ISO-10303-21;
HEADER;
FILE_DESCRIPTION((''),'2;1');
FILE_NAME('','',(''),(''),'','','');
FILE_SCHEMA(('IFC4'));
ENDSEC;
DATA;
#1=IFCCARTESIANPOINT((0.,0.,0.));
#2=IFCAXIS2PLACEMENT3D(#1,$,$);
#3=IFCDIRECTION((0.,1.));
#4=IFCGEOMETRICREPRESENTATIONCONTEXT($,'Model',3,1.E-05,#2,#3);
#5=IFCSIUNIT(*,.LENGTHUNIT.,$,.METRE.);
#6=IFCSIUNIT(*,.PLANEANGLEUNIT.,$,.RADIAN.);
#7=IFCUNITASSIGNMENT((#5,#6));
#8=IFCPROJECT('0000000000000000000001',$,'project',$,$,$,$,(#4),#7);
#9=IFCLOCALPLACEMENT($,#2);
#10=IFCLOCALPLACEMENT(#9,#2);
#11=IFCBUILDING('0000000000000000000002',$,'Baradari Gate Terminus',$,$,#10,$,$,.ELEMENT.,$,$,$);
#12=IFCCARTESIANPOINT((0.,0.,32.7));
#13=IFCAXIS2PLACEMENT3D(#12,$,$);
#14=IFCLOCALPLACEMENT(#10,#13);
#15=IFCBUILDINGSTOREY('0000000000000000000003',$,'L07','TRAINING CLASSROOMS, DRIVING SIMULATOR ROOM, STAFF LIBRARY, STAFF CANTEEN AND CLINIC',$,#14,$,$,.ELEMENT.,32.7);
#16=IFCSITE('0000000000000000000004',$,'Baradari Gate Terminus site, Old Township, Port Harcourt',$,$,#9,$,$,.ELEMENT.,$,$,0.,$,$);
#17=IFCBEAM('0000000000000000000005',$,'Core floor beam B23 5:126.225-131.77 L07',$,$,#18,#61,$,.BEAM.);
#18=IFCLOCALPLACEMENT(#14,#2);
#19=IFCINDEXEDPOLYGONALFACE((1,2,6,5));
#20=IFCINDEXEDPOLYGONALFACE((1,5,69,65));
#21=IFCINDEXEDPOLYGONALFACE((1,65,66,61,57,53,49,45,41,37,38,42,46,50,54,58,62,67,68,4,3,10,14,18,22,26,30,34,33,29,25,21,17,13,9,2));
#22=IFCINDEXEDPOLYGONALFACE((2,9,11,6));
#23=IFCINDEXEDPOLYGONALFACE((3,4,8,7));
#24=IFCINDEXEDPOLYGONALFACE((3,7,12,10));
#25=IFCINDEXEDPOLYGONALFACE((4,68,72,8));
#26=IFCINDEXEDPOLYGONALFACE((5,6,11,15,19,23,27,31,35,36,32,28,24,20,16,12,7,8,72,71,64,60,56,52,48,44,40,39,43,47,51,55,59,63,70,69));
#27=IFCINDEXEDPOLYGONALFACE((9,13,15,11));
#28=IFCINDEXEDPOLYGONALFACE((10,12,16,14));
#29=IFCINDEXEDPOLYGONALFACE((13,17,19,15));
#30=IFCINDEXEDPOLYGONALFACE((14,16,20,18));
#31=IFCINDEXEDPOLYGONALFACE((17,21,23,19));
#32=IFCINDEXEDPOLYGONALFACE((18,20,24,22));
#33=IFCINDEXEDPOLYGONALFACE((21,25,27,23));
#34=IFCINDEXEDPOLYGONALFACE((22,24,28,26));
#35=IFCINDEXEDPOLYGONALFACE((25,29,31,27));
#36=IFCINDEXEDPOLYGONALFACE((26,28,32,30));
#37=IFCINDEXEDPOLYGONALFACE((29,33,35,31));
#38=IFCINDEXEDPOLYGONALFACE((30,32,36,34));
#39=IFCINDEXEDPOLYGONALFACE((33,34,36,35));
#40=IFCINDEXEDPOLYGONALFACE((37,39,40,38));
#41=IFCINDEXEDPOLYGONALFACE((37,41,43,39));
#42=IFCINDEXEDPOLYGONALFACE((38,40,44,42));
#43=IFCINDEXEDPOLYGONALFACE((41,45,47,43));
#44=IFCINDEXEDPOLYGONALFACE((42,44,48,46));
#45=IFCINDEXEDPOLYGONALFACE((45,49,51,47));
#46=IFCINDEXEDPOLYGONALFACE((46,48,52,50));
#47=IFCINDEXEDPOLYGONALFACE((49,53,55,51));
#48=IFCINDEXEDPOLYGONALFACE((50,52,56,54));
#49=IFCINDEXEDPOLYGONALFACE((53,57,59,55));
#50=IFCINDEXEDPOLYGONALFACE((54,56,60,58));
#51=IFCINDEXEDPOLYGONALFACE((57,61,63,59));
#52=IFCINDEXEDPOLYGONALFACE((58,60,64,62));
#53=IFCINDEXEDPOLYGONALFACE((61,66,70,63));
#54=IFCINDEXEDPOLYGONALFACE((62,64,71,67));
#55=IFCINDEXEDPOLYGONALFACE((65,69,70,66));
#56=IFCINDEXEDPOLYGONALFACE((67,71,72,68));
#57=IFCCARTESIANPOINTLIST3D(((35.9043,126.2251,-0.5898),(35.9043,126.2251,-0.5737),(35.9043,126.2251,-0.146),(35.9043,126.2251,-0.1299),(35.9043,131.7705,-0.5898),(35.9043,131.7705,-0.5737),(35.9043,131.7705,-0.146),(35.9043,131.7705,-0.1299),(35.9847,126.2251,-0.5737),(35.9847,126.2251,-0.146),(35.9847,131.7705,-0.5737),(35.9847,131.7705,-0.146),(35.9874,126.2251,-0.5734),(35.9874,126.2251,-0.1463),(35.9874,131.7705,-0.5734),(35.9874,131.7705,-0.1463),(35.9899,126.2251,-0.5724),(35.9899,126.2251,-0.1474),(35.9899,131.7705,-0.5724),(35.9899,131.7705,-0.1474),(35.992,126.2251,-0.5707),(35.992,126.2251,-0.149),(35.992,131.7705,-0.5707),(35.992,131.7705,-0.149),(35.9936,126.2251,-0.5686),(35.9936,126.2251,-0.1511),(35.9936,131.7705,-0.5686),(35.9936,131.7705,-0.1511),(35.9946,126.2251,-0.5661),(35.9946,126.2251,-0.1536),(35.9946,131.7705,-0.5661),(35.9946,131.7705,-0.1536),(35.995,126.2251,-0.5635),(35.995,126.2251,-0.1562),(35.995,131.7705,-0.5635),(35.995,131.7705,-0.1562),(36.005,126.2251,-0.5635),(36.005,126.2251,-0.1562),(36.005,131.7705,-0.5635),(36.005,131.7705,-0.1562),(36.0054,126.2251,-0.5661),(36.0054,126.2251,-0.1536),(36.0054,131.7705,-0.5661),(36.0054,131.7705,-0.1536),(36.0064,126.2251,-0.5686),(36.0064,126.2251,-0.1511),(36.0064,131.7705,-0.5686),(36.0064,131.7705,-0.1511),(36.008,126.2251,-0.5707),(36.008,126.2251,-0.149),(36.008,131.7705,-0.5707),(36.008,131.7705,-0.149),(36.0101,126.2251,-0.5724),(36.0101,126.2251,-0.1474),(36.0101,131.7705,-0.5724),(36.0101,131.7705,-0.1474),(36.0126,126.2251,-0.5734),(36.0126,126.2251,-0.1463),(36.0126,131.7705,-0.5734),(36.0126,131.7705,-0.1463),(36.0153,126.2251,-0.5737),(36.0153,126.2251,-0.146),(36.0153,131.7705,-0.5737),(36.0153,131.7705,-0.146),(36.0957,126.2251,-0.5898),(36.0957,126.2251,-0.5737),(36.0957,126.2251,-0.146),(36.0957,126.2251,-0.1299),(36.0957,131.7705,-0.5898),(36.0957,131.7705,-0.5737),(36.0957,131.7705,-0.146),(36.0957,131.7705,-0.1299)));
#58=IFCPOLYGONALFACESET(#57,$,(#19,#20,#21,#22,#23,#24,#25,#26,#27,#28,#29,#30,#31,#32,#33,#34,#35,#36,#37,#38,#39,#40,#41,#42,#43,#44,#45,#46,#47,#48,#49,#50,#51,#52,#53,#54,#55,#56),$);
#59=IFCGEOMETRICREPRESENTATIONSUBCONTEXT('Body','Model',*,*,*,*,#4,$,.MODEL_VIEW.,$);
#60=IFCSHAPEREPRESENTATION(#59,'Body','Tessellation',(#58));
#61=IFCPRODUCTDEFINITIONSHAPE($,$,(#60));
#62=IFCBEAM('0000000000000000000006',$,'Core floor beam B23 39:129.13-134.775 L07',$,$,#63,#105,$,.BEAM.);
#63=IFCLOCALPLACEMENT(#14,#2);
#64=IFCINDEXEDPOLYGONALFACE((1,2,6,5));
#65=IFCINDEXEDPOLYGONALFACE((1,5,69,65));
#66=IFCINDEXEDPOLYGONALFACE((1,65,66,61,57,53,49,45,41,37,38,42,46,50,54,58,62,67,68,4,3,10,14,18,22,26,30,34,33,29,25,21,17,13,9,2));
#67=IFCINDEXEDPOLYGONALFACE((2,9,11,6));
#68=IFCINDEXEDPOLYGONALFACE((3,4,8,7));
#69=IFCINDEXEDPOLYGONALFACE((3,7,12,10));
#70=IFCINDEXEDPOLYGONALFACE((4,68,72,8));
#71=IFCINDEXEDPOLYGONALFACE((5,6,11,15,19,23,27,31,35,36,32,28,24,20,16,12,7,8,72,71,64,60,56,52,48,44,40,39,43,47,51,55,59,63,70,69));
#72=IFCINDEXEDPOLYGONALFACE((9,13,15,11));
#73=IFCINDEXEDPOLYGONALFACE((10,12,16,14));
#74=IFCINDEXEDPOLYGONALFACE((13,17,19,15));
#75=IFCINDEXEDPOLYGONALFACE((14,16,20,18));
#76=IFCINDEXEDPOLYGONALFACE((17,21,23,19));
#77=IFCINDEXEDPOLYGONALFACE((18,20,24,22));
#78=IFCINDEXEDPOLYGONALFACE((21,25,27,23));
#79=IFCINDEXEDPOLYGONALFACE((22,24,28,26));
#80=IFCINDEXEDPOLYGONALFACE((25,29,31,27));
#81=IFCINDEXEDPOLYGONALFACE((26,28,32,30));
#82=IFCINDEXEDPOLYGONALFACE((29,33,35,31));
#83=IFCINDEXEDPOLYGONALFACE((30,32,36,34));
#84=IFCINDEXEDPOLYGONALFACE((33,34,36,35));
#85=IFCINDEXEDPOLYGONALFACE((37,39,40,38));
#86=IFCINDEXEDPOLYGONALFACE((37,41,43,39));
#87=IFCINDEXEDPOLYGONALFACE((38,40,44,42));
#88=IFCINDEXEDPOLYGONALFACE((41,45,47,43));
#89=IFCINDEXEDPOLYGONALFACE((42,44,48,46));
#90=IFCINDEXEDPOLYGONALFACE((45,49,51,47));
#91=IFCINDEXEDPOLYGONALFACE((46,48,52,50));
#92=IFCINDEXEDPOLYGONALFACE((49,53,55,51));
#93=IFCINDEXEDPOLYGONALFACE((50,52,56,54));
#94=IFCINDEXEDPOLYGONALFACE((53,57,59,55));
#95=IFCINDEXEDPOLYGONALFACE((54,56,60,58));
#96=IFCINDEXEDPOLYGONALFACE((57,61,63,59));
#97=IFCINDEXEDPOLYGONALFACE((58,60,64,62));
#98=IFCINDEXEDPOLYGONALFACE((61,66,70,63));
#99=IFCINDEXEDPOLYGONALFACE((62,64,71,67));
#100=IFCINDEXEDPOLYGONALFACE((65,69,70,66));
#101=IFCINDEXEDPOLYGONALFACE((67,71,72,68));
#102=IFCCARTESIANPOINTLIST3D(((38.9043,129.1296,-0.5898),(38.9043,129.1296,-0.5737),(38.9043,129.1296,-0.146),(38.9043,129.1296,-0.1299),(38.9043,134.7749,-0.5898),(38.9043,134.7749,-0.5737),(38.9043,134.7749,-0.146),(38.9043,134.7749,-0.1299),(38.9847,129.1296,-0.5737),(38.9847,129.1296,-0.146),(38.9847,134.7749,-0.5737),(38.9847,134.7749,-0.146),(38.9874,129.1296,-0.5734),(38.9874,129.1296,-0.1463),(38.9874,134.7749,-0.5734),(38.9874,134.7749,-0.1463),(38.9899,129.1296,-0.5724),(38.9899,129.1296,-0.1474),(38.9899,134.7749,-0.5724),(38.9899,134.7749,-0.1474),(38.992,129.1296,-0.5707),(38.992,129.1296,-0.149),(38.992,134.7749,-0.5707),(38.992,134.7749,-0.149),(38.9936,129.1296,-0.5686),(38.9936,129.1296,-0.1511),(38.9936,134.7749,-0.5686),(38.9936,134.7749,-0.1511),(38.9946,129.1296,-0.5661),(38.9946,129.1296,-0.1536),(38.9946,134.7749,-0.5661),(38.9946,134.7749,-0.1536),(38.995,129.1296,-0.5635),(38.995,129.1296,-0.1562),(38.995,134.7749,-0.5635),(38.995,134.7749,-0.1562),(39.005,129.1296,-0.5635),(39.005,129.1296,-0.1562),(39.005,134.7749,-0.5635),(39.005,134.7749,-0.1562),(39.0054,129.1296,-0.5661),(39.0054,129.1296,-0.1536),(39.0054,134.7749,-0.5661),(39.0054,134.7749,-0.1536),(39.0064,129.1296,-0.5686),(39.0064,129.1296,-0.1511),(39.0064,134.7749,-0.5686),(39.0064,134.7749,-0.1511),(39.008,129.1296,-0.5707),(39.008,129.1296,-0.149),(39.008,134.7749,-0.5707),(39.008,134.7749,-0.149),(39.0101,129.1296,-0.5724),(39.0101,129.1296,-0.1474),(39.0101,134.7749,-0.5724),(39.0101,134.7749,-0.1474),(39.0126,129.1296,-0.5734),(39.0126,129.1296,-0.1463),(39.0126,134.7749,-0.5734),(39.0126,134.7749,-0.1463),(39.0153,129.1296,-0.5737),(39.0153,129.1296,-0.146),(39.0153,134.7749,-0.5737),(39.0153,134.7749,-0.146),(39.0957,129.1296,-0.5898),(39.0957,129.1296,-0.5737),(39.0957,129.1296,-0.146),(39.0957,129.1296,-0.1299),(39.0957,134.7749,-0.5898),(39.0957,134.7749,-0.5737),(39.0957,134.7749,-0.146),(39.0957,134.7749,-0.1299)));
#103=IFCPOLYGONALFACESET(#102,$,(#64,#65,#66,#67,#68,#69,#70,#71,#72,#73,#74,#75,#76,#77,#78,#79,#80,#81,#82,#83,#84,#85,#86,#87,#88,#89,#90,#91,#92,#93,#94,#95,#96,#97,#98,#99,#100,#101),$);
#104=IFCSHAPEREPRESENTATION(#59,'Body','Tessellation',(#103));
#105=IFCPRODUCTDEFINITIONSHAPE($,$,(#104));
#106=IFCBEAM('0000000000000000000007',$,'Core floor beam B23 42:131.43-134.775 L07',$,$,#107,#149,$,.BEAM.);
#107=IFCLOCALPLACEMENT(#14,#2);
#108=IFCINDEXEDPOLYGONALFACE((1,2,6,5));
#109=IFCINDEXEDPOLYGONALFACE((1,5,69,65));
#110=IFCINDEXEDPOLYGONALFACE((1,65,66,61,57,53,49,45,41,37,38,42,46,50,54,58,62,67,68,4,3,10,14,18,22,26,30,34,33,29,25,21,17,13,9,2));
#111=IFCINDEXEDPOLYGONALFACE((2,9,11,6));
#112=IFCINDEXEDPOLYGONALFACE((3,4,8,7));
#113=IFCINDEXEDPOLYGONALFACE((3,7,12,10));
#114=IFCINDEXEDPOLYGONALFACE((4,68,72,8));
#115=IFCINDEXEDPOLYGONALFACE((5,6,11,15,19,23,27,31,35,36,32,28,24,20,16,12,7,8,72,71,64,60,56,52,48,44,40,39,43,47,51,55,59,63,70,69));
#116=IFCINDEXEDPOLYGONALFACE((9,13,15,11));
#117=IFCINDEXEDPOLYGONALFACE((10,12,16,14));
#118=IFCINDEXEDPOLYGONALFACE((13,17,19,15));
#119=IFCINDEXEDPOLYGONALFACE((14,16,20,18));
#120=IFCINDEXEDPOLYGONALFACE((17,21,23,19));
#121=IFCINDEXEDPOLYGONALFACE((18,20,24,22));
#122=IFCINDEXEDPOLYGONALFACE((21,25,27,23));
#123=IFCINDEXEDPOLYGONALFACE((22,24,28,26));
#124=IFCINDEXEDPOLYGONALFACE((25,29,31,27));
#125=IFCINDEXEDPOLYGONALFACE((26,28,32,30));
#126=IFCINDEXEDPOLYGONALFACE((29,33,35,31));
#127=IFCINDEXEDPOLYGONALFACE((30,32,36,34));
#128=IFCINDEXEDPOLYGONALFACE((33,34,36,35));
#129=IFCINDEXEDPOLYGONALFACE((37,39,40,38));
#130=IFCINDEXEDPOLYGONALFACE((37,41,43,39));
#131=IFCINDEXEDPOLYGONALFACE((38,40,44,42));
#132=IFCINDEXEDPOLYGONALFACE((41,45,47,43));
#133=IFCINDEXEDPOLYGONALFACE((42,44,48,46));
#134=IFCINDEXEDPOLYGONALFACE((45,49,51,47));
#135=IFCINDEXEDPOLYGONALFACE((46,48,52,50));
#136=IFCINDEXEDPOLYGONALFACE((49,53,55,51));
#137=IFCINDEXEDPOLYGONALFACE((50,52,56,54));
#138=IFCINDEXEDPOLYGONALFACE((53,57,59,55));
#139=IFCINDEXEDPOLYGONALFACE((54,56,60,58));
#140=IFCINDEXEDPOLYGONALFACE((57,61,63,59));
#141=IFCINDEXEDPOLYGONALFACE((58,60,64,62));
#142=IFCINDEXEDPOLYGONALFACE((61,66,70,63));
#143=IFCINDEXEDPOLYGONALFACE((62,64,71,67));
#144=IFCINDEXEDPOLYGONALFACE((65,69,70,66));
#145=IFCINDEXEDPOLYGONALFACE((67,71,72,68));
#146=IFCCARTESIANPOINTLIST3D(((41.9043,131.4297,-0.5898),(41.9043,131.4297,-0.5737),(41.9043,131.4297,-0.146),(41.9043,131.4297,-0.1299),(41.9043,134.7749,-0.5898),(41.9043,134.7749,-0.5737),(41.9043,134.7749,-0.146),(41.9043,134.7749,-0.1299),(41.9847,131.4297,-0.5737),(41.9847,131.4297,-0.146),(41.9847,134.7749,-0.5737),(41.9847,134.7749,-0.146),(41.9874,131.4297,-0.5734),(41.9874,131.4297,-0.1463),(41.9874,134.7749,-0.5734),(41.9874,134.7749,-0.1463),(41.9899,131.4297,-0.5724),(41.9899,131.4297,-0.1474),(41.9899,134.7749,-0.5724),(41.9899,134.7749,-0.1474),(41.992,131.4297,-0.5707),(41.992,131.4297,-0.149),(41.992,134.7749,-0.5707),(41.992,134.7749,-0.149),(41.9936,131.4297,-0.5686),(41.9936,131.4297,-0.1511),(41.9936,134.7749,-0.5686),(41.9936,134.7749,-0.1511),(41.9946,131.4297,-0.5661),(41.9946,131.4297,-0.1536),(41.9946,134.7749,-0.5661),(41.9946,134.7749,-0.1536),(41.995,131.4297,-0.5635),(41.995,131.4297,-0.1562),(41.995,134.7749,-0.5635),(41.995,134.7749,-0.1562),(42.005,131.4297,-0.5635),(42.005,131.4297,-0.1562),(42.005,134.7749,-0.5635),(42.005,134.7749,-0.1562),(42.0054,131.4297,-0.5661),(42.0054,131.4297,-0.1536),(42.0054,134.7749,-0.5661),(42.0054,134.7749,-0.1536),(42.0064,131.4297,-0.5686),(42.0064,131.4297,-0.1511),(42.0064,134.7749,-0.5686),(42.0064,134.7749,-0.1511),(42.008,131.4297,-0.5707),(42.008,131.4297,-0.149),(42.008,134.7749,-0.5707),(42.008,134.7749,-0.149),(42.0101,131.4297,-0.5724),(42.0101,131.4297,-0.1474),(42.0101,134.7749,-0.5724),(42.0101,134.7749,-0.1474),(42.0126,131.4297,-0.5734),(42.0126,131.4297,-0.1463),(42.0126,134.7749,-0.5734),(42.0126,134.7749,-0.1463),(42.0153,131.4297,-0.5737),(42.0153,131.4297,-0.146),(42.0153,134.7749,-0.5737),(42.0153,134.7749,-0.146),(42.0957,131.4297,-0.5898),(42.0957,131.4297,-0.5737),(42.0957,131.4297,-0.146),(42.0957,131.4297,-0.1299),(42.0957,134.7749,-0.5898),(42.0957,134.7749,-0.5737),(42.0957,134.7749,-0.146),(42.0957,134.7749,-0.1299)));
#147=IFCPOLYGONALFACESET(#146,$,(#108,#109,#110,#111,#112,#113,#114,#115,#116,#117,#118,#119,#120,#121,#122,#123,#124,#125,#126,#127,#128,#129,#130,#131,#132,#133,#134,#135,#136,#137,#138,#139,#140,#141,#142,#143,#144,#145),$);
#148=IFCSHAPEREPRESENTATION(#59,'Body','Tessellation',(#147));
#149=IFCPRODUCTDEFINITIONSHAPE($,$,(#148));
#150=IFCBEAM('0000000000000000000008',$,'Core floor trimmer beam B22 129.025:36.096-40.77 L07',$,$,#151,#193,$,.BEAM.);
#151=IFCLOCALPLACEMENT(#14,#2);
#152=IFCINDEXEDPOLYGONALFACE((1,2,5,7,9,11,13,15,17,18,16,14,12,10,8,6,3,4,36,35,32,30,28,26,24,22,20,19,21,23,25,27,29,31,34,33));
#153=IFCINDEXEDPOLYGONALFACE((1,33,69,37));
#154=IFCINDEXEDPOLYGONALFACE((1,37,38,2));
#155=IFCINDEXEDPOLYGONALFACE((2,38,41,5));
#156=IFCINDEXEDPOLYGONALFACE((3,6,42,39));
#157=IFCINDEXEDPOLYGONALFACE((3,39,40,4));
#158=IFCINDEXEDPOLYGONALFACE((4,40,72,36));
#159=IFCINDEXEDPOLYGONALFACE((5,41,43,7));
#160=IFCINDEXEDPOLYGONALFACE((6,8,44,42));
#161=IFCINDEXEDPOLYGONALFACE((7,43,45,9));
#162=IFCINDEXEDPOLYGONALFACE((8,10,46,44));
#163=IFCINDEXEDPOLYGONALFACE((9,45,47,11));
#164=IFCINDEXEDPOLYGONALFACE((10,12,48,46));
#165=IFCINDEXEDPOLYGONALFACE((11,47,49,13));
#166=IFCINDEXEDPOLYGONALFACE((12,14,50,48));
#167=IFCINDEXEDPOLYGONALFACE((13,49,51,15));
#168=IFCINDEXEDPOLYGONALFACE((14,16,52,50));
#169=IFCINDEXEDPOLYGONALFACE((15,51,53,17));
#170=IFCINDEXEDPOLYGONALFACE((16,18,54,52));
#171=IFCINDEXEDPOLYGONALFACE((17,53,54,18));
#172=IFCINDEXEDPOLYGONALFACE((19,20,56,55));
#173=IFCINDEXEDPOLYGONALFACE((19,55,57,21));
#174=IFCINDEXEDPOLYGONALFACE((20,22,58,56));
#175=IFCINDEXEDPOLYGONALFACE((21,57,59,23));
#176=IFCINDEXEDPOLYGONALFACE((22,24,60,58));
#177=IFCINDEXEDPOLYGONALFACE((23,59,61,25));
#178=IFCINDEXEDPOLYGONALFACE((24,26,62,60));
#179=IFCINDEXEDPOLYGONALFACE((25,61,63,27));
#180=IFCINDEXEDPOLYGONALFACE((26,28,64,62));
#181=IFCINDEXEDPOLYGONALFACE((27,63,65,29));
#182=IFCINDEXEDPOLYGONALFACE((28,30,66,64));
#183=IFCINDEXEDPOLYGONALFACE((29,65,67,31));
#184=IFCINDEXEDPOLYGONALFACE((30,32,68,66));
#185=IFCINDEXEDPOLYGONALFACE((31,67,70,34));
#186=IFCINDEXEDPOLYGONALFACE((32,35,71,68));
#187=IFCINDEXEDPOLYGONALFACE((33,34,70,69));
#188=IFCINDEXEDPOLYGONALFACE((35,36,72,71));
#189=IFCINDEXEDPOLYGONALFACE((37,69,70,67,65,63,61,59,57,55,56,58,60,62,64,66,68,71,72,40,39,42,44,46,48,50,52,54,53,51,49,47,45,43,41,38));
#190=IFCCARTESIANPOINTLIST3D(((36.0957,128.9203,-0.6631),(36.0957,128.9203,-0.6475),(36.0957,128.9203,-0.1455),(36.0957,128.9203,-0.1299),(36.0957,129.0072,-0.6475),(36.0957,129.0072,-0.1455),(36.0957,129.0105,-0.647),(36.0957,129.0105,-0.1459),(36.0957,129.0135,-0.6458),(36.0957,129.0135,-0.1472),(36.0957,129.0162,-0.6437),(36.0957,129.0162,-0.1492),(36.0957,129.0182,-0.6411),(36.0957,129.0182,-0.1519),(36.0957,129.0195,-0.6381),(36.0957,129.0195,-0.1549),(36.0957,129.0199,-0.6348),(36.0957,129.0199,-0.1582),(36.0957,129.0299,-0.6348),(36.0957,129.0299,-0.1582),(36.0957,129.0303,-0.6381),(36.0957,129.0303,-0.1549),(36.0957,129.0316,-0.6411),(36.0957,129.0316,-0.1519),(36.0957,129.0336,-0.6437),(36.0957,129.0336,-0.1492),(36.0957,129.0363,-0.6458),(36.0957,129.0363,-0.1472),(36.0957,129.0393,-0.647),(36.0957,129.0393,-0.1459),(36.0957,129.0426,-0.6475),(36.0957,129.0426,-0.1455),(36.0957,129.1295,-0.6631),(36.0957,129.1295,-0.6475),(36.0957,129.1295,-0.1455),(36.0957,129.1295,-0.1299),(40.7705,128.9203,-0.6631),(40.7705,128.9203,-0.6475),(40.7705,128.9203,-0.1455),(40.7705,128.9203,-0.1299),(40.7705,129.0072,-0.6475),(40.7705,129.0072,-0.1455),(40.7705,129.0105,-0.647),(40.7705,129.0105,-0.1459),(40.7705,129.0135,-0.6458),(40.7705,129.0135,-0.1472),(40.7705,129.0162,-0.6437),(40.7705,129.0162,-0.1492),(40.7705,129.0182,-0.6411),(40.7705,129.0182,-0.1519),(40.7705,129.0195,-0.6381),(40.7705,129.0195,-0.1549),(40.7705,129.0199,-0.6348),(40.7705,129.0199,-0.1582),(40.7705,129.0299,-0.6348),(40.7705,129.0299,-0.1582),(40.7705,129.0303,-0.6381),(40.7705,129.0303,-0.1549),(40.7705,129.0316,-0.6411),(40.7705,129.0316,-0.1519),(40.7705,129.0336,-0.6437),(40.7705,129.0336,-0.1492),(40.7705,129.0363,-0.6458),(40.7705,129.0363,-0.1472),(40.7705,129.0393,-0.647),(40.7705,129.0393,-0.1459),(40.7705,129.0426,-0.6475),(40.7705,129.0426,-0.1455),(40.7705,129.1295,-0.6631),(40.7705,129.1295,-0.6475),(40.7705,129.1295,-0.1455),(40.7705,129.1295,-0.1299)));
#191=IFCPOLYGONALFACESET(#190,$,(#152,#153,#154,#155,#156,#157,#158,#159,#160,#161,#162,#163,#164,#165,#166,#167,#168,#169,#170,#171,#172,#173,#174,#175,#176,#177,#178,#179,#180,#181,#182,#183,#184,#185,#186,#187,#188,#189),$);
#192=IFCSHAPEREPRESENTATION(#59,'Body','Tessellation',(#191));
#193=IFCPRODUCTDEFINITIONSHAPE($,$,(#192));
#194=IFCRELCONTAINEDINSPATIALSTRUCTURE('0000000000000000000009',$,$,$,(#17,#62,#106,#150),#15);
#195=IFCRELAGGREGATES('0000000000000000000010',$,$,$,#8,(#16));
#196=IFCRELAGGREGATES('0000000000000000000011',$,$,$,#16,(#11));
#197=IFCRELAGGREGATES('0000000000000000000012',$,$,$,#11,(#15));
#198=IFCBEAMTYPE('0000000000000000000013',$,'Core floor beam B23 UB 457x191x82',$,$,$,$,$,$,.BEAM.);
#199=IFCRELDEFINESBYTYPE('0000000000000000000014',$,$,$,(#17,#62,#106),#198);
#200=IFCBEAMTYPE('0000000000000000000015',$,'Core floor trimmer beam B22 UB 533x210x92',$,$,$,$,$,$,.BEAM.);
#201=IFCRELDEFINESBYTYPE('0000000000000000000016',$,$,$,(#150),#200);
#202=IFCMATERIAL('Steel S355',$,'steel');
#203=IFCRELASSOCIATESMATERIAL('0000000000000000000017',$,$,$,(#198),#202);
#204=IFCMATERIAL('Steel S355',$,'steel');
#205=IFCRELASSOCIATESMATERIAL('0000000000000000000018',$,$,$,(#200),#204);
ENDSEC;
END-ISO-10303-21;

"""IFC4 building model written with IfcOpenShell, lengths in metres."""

from ifc_helpers import new_model, si_unit, direction, frame, origin, origin_2d, place, context, subcontext, project, spatial, i_section, extrude, material, material_profile, profile_set, type_object, element, save


model = new_model("IFC4")

# Units and contexts
model_context = context("Model", 3, precision=1e-05, world=origin(), true_north=direction((0.0, 1.0)))
body_context = subcontext(model_context, "Body", "Model", "MODEL_VIEW")
ifc_project = project(units=[si_unit("LENGTHUNIT", "METRE"), si_unit("PLANEANGLEUNIT", "RADIAN")], contexts=[model_context])

# Site, building, storey
site_placement = place(None, origin())
site = spatial("IfcSite", under=ifc_project, at=site_placement, Name="Baradari Gate Terminus site, Old Township, Port Harcourt", CompositionType="ELEMENT", RefElevation=0.0)
building_placement = place(site_placement, origin())
building = spatial("IfcBuilding", under=site, at=building_placement, Name="Baradari Gate Terminus", CompositionType="ELEMENT")
storey_placement = place(building_placement, frame((0.0, 0.0, 32.7)))
storey = spatial("IfcBuildingStorey", under=building, at=storey_placement, Name="L07", Description="TRAINING CLASSROOMS, DRIVING SIMULATOR ROOM, STAFF LIBRARY, STAFF CANTEEN AND CLINIC", CompositionType="ELEMENT", Elevation=32.7)

# Beams
ifc_material_1 = material(Name="Steel S355", Category="steel")
ifc_material_profile_1 = material_profile(ifc_material_1, i_section(OverallWidth=0.1914, OverallDepth=0.46, WebThickness=0.01, FlangeThickness=0.0161, FilletRadius=0.0103, at=origin_2d()), Name="UB 457x191x82")
ifc_profile_set_1 = profile_set([ifc_material_profile_1], Name="Steel S355")
beam_type_1 = type_object("IfcBeamType", Name="Core floor beam B23 UB 457x191x82", PredefinedType="BEAM", material=ifc_profile_set_1)
beam_1_placement = place(storey_placement, frame((36.0, 126.2251, -0.3599), z_axis=(0.0, 1.0, 0.0), x_axis=(-1.0, 0.0, 0.0)))
element("IfcBeam", 1, at=beam_1_placement, inside=storey, type_object=beam_type_1, Name="Core floor beam B23 5:126.225-131.77 L07", PredefinedType="BEAM", context=body_context, shape_type="SweptSolid", body=[
    extrude(i_section(OverallWidth=0.1914, OverallDepth=0.46, WebThickness=0.01, FlangeThickness=0.0161, FilletRadius=0.0103, at=origin_2d()), origin(), (0.0, 0.0, 1.0), 5.5454),
])
beam_2_placement = place(storey_placement, frame((39.0, 129.1296, -0.3599), z_axis=(0.0, 1.0, 0.0), x_axis=(-1.0, 0.0, 0.0)))
element("IfcBeam", 2, at=beam_2_placement, inside=storey, type_object=beam_type_1, Name="Core floor beam B23 39:129.13-134.775 L07", PredefinedType="BEAM", context=body_context, shape_type="SweptSolid", body=[
    extrude(i_section(OverallWidth=0.1914, OverallDepth=0.46, WebThickness=0.01, FlangeThickness=0.0161, FilletRadius=0.0103, at=origin_2d()), origin(), (0.0, 0.0, 1.0), 5.6453),
])
beam_3_placement = place(storey_placement, frame((42.0, 131.4297, -0.3599), z_axis=(0.0, 1.0, 0.0), x_axis=(-1.0, 0.0, 0.0)))
element("IfcBeam", 3, at=beam_3_placement, inside=storey, type_object=beam_type_1, Name="Core floor beam B23 42:131.43-134.775 L07", PredefinedType="BEAM", context=body_context, shape_type="SweptSolid", body=[
    extrude(i_section(OverallWidth=0.1914, OverallDepth=0.46, WebThickness=0.01, FlangeThickness=0.0161, FilletRadius=0.0103, at=origin_2d()), origin(), (0.0, 0.0, 1.0), 3.3452),
])
ifc_material_2 = material(Name="Steel S355", Category="steel")
ifc_material_profile_2 = material_profile(ifc_material_2, i_section(OverallWidth=0.2092, OverallDepth=0.5332, WebThickness=0.01, FlangeThickness=0.0156, FilletRadius=0.0127, at=origin_2d()), Name="UB 533x210x92")
ifc_profile_set_2 = profile_set([ifc_material_profile_2], Name="Steel S355")
beam_type_2 = type_object("IfcBeamType", Name="Core floor trimmer beam B22 UB 533x210x92", PredefinedType="BEAM", material=ifc_profile_set_2)
beam_4_placement = place(storey_placement, frame((36.0957, 129.0249, -0.3965), z_axis=(1.0, 0.0, 0.0), x_axis=(0.0, 1.0, 0.0)))
element("IfcBeam", 4, at=beam_4_placement, inside=storey, type_object=beam_type_2, Name="Core floor trimmer beam B22 129.025:36.096-40.77 L07", PredefinedType="BEAM", context=body_context, shape_type="SweptSolid", body=[
    extrude(i_section(OverallWidth=0.2092, OverallDepth=0.5332, WebThickness=0.01, FlangeThickness=0.0156, FilletRadius=0.0127, at=origin_2d()), origin(), (0.0, 0.0, 1.0), 4.6748),
])

save(model, "model.ifc")
